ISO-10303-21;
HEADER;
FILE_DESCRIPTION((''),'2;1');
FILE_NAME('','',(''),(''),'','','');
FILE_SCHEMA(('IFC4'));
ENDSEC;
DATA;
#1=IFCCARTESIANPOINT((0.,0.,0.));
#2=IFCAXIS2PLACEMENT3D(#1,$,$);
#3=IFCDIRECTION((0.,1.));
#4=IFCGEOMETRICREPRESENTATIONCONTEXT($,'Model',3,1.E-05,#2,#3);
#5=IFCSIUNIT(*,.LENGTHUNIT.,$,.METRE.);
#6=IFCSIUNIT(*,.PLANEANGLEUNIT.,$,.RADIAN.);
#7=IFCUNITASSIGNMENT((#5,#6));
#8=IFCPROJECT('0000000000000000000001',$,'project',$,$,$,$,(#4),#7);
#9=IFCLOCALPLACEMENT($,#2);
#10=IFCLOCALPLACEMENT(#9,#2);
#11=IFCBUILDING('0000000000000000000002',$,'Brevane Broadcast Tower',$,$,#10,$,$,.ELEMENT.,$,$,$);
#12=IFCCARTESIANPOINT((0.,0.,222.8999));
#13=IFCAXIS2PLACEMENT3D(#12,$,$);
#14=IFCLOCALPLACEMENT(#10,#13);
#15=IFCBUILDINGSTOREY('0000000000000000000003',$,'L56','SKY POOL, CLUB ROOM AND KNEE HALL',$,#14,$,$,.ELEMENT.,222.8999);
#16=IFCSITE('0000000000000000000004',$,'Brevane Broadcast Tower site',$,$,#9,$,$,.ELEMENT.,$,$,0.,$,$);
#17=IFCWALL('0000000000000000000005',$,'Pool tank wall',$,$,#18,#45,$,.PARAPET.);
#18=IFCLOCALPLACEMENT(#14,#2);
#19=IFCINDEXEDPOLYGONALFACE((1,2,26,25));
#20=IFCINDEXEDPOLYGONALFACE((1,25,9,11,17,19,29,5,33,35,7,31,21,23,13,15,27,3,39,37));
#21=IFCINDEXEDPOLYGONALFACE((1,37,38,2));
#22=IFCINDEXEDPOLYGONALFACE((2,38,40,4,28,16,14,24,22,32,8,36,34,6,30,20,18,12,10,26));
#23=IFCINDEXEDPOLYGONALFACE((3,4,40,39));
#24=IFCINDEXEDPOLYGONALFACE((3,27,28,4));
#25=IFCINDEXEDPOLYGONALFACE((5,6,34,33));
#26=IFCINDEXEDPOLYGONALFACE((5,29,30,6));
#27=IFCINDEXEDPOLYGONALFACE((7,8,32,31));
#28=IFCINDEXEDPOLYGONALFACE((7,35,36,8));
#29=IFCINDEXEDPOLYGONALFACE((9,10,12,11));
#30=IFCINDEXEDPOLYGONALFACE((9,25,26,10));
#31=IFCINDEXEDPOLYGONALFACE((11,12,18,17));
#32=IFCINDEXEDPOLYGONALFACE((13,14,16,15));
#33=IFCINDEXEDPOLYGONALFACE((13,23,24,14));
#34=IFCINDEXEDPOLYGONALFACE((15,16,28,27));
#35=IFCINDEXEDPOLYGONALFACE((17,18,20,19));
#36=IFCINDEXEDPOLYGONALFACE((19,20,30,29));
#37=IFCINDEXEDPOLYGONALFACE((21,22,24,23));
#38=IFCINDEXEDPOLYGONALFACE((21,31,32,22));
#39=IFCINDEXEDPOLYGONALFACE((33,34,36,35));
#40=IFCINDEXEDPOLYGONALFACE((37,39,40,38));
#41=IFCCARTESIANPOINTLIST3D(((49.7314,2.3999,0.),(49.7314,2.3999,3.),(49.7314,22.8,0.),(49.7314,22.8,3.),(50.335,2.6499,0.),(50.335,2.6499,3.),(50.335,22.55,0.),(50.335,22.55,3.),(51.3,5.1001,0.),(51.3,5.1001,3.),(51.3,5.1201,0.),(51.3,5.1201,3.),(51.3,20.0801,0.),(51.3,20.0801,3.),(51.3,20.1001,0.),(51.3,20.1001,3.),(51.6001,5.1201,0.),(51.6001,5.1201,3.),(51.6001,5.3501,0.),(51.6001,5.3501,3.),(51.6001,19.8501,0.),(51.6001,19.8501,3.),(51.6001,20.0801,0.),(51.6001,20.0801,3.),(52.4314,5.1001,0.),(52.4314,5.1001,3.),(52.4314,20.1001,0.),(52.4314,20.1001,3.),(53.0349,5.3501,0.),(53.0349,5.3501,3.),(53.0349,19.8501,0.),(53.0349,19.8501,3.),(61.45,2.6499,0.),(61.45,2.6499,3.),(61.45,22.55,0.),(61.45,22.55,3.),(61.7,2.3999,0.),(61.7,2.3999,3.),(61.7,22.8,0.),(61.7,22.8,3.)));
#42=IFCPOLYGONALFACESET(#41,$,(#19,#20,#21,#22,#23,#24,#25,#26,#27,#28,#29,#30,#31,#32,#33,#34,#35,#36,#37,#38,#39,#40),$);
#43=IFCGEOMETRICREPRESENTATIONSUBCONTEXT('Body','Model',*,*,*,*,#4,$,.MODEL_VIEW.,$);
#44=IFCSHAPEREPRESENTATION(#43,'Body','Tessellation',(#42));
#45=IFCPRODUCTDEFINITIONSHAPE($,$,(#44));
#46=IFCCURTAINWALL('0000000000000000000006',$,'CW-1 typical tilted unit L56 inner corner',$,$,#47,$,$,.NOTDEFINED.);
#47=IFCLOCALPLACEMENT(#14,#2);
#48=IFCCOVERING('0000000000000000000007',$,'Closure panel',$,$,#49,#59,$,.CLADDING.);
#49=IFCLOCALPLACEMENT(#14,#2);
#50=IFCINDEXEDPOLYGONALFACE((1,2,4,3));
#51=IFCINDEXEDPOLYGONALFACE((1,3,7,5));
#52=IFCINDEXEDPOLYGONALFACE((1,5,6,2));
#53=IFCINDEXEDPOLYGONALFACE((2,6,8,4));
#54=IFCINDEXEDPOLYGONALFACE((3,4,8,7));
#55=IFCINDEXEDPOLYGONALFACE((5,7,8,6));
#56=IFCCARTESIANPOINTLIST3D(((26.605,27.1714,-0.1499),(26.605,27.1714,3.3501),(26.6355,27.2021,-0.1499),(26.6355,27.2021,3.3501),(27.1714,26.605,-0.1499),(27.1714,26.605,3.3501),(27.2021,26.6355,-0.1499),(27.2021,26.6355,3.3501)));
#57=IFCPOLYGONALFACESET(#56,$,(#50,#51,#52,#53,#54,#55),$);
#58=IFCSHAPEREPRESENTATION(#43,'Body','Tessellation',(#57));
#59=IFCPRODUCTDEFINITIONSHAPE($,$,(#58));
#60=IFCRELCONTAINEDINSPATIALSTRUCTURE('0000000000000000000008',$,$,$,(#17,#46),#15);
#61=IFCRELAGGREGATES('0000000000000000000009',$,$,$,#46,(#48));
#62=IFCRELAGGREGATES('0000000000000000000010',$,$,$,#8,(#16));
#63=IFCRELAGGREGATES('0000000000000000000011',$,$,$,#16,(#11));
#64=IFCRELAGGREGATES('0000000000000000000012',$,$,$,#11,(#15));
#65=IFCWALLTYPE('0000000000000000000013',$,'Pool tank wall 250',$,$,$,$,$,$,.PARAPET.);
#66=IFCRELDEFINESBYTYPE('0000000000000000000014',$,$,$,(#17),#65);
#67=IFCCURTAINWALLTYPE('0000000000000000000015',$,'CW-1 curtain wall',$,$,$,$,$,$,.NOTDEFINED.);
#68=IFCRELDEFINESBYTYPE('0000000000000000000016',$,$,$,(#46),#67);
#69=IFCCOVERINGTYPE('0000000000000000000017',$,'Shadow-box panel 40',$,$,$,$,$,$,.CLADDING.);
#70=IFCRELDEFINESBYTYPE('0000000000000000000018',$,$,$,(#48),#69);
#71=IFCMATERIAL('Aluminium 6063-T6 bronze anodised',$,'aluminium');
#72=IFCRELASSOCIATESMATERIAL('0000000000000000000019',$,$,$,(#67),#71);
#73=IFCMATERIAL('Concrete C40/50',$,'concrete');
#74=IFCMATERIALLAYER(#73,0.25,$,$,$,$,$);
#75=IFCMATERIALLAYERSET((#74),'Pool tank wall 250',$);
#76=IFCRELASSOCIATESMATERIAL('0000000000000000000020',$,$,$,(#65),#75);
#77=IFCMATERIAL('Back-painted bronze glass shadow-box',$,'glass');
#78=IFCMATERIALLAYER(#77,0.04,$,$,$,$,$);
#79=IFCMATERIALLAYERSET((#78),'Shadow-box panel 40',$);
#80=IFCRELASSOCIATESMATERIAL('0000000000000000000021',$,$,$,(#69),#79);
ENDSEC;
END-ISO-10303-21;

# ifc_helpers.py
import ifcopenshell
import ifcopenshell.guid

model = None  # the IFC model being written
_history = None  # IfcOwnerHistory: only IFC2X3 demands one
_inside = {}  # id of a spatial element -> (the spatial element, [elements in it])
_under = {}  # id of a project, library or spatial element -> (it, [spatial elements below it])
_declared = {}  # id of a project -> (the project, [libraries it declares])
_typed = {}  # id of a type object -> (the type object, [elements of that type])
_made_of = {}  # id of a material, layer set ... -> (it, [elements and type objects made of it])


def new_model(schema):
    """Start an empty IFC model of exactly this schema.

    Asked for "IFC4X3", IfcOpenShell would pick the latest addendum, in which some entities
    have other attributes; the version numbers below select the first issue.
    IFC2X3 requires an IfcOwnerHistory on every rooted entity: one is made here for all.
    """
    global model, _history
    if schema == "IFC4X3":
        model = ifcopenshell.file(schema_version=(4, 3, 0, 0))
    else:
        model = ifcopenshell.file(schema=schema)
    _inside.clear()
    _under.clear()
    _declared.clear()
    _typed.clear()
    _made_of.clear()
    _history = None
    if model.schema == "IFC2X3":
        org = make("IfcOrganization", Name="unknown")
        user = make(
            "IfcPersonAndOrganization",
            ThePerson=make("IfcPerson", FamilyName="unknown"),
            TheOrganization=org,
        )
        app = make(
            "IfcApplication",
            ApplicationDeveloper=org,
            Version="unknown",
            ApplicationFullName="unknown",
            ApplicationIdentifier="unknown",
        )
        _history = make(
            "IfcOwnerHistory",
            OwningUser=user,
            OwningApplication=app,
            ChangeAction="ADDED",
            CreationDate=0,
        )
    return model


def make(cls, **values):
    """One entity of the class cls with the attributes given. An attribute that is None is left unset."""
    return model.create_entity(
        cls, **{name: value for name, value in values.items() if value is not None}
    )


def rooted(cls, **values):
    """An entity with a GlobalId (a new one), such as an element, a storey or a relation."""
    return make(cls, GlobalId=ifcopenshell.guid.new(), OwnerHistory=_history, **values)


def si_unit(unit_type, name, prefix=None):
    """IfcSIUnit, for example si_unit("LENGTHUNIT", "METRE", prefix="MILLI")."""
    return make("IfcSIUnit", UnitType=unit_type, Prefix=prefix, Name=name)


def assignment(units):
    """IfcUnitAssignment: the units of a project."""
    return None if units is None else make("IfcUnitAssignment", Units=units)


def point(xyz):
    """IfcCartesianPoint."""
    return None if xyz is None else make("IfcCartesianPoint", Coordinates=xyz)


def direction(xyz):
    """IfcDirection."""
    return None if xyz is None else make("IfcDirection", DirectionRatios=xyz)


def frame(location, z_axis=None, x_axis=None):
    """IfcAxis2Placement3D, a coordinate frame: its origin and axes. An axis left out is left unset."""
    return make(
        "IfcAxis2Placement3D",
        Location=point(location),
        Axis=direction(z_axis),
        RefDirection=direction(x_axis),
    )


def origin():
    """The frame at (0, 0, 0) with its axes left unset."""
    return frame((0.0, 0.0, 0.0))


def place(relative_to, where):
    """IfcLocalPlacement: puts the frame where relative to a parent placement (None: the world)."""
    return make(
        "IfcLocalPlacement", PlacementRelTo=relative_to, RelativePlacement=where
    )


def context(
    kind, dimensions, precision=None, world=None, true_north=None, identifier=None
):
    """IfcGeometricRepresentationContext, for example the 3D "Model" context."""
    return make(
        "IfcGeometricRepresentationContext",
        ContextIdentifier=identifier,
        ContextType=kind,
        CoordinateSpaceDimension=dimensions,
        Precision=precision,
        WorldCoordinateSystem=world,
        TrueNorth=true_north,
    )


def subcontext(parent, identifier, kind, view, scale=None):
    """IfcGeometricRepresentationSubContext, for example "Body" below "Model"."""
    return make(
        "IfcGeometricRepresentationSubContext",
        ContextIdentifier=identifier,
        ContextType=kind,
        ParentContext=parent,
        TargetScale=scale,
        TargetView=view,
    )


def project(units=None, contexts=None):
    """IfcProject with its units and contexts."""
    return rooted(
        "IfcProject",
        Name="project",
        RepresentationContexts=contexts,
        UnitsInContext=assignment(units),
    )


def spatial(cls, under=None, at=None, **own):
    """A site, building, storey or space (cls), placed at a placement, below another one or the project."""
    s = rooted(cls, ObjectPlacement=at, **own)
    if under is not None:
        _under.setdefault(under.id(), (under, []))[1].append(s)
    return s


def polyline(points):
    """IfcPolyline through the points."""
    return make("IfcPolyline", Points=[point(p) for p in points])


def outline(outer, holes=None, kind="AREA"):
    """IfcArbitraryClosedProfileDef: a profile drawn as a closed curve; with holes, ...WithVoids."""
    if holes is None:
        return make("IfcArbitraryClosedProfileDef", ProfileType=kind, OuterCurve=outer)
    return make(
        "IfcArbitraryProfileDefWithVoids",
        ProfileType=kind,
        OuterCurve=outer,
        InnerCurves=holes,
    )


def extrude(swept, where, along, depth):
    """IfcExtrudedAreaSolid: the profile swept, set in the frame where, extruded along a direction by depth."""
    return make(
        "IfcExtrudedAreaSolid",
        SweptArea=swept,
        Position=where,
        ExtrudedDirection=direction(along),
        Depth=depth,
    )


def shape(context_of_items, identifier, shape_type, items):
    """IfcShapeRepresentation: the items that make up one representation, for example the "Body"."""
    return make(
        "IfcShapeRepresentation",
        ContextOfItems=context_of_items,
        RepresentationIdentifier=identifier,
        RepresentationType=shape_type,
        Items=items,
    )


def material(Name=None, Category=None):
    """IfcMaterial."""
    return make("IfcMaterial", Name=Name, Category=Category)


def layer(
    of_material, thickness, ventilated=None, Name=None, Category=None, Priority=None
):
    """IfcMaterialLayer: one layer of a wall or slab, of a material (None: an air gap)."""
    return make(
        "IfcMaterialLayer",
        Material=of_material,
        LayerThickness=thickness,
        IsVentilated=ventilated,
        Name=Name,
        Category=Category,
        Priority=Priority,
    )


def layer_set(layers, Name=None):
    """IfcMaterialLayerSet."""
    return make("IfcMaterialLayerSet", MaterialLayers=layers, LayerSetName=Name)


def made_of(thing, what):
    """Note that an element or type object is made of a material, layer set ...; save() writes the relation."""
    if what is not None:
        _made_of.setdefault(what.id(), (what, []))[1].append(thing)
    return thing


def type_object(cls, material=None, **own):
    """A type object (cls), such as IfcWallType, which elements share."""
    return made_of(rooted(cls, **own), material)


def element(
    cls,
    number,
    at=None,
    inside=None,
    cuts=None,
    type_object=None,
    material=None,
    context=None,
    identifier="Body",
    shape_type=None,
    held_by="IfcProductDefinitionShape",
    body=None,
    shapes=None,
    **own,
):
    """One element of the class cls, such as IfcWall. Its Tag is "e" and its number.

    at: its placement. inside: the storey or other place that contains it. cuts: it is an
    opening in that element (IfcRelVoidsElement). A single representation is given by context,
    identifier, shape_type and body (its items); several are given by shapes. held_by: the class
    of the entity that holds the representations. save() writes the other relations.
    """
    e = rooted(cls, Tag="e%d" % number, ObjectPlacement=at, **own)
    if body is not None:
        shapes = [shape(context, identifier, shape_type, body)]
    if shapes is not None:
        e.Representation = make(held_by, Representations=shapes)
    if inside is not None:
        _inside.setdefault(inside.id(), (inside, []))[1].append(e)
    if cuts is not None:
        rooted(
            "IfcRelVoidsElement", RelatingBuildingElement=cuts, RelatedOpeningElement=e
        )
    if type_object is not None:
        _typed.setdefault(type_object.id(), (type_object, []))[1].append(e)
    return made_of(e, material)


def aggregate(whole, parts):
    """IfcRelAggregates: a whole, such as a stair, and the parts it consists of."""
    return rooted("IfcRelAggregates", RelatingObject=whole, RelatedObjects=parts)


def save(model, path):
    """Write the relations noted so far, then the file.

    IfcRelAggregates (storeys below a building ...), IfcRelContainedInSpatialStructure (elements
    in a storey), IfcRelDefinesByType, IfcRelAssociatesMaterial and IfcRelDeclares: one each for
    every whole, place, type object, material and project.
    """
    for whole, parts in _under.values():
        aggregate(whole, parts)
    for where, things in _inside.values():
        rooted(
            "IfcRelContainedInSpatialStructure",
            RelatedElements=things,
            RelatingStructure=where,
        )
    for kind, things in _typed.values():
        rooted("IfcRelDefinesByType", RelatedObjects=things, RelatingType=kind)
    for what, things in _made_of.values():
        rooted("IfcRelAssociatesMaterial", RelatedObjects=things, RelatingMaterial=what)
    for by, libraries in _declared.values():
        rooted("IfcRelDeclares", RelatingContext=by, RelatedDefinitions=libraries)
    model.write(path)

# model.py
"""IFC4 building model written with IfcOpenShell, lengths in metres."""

from ifc_helpers import new_model, si_unit, direction, frame, origin, place, context, subcontext, project, spatial, polyline, outline, extrude, material, layer, layer_set, type_object, element, aggregate, save


model = new_model("IFC4")

# Units and contexts
model_context = context("Model", 3, precision=1e-05, world=origin(), true_north=direction((0.0, 1.0)))
body_context = subcontext(model_context, "Body", "Model", "MODEL_VIEW")
ifc_project = project(units=[si_unit("LENGTHUNIT", "METRE"), si_unit("PLANEANGLEUNIT", "RADIAN")], contexts=[model_context])

# Site, building, storey
site_placement = place(None, origin())
site = spatial("IfcSite", under=ifc_project, at=site_placement, Name="Brevane Broadcast Tower site", CompositionType="ELEMENT", RefElevation=0.0)
building_placement = place(site_placement, origin())
building = spatial("IfcBuilding", under=site, at=building_placement, Name="Brevane Broadcast Tower", CompositionType="ELEMENT")
storey_placement = place(building_placement, frame((0.0, 0.0, 222.8999)))
storey = spatial("IfcBuildingStorey", under=building, at=storey_placement, Name="L56", Description="SKY POOL, CLUB ROOM AND KNEE HALL", CompositionType="ELEMENT", Elevation=222.8999)

# Shared definitions
ifc_material_1 = material(Name="Aluminium 6063-T6 bronze anodised", Category="aluminium")
curtain_wall_type = type_object("IfcCurtainWallType", Name="CW-1 curtain wall", PredefinedType="NOTDEFINED", material=ifc_material_1)

# Shared definitions
ifc_material_2 = material(Name="Concrete C40/50", Category="concrete")

# Wall
ifc_layer_1 = layer(ifc_material_2, 0.25)
ifc_layer_set_1 = layer_set([ifc_layer_1], Name="Pool tank wall 250")
wall_type_1 = type_object("IfcWallType", Name="Pool tank wall 250", PredefinedType="PARAPET", material=ifc_layer_set_1)
wall_1_placement = place(storey_placement, origin())
element("IfcWall", 1, at=wall_1_placement, inside=storey, type_object=wall_type_1, Name="Pool tank wall", PredefinedType="PARAPET", context=body_context, shape_type="SweptSolid", body=[
    extrude(outline(polyline([(52.4314, 5.1001), (49.7314, 2.3999), (61.7, 2.3999), (61.7, 22.8), (49.7314, 22.8), (52.4314, 20.1001), (51.3, 20.1001), (51.3, 20.0801), (51.6001, 20.0801), (51.6001, 19.8501), (53.0349, 19.8501), (50.335, 22.55), (61.45, 22.55), (61.45, 2.6499), (50.335, 2.6499), (53.0349, 5.3501), (51.6001, 5.3501), (51.6001, 5.1201), (51.3, 5.1201), (51.3, 5.1001), (52.4314, 5.1001)])), origin(), (0.0, 0.0, 1.0), 3.0),
])

# Curtain wall, covering
curtain_wall_1_placement = place(storey_placement, origin())
curtain_wall_1 = element("IfcCurtainWall", 2, at=curtain_wall_1_placement, inside=storey, type_object=curtain_wall_type, Name="CW-1 typical tilted unit L56 inner corner", PredefinedType="NOTDEFINED")
ifc_material_3 = material(Name="Back-painted bronze glass shadow-box", Category="glass")
ifc_layer_2 = layer(ifc_material_3, 0.04)
ifc_layer_set_2 = layer_set([ifc_layer_2], Name="Shadow-box panel 40")
covering_type = type_object("IfcCoveringType", Name="Shadow-box panel 40", PredefinedType="CLADDING", material=ifc_layer_set_2)
covering_placement = place(storey_placement, frame((0.0, 0.0, -0.1499)))
covering = element("IfcCovering", 3, at=covering_placement, type_object=covering_type, Name="Closure panel", PredefinedType="CLADDING", context=body_context, shape_type="SweptSolid", body=[
    extrude(outline(polyline([(27.1714, 26.605), (27.2021, 26.6355), (26.6355, 27.2021), (26.605, 27.1714), (27.1714, 26.605)])), origin(), (0.0, 0.0, 1.0), 3.5),
])
aggregate(curtain_wall_1, [covering])

save(model, "model.ifc")
